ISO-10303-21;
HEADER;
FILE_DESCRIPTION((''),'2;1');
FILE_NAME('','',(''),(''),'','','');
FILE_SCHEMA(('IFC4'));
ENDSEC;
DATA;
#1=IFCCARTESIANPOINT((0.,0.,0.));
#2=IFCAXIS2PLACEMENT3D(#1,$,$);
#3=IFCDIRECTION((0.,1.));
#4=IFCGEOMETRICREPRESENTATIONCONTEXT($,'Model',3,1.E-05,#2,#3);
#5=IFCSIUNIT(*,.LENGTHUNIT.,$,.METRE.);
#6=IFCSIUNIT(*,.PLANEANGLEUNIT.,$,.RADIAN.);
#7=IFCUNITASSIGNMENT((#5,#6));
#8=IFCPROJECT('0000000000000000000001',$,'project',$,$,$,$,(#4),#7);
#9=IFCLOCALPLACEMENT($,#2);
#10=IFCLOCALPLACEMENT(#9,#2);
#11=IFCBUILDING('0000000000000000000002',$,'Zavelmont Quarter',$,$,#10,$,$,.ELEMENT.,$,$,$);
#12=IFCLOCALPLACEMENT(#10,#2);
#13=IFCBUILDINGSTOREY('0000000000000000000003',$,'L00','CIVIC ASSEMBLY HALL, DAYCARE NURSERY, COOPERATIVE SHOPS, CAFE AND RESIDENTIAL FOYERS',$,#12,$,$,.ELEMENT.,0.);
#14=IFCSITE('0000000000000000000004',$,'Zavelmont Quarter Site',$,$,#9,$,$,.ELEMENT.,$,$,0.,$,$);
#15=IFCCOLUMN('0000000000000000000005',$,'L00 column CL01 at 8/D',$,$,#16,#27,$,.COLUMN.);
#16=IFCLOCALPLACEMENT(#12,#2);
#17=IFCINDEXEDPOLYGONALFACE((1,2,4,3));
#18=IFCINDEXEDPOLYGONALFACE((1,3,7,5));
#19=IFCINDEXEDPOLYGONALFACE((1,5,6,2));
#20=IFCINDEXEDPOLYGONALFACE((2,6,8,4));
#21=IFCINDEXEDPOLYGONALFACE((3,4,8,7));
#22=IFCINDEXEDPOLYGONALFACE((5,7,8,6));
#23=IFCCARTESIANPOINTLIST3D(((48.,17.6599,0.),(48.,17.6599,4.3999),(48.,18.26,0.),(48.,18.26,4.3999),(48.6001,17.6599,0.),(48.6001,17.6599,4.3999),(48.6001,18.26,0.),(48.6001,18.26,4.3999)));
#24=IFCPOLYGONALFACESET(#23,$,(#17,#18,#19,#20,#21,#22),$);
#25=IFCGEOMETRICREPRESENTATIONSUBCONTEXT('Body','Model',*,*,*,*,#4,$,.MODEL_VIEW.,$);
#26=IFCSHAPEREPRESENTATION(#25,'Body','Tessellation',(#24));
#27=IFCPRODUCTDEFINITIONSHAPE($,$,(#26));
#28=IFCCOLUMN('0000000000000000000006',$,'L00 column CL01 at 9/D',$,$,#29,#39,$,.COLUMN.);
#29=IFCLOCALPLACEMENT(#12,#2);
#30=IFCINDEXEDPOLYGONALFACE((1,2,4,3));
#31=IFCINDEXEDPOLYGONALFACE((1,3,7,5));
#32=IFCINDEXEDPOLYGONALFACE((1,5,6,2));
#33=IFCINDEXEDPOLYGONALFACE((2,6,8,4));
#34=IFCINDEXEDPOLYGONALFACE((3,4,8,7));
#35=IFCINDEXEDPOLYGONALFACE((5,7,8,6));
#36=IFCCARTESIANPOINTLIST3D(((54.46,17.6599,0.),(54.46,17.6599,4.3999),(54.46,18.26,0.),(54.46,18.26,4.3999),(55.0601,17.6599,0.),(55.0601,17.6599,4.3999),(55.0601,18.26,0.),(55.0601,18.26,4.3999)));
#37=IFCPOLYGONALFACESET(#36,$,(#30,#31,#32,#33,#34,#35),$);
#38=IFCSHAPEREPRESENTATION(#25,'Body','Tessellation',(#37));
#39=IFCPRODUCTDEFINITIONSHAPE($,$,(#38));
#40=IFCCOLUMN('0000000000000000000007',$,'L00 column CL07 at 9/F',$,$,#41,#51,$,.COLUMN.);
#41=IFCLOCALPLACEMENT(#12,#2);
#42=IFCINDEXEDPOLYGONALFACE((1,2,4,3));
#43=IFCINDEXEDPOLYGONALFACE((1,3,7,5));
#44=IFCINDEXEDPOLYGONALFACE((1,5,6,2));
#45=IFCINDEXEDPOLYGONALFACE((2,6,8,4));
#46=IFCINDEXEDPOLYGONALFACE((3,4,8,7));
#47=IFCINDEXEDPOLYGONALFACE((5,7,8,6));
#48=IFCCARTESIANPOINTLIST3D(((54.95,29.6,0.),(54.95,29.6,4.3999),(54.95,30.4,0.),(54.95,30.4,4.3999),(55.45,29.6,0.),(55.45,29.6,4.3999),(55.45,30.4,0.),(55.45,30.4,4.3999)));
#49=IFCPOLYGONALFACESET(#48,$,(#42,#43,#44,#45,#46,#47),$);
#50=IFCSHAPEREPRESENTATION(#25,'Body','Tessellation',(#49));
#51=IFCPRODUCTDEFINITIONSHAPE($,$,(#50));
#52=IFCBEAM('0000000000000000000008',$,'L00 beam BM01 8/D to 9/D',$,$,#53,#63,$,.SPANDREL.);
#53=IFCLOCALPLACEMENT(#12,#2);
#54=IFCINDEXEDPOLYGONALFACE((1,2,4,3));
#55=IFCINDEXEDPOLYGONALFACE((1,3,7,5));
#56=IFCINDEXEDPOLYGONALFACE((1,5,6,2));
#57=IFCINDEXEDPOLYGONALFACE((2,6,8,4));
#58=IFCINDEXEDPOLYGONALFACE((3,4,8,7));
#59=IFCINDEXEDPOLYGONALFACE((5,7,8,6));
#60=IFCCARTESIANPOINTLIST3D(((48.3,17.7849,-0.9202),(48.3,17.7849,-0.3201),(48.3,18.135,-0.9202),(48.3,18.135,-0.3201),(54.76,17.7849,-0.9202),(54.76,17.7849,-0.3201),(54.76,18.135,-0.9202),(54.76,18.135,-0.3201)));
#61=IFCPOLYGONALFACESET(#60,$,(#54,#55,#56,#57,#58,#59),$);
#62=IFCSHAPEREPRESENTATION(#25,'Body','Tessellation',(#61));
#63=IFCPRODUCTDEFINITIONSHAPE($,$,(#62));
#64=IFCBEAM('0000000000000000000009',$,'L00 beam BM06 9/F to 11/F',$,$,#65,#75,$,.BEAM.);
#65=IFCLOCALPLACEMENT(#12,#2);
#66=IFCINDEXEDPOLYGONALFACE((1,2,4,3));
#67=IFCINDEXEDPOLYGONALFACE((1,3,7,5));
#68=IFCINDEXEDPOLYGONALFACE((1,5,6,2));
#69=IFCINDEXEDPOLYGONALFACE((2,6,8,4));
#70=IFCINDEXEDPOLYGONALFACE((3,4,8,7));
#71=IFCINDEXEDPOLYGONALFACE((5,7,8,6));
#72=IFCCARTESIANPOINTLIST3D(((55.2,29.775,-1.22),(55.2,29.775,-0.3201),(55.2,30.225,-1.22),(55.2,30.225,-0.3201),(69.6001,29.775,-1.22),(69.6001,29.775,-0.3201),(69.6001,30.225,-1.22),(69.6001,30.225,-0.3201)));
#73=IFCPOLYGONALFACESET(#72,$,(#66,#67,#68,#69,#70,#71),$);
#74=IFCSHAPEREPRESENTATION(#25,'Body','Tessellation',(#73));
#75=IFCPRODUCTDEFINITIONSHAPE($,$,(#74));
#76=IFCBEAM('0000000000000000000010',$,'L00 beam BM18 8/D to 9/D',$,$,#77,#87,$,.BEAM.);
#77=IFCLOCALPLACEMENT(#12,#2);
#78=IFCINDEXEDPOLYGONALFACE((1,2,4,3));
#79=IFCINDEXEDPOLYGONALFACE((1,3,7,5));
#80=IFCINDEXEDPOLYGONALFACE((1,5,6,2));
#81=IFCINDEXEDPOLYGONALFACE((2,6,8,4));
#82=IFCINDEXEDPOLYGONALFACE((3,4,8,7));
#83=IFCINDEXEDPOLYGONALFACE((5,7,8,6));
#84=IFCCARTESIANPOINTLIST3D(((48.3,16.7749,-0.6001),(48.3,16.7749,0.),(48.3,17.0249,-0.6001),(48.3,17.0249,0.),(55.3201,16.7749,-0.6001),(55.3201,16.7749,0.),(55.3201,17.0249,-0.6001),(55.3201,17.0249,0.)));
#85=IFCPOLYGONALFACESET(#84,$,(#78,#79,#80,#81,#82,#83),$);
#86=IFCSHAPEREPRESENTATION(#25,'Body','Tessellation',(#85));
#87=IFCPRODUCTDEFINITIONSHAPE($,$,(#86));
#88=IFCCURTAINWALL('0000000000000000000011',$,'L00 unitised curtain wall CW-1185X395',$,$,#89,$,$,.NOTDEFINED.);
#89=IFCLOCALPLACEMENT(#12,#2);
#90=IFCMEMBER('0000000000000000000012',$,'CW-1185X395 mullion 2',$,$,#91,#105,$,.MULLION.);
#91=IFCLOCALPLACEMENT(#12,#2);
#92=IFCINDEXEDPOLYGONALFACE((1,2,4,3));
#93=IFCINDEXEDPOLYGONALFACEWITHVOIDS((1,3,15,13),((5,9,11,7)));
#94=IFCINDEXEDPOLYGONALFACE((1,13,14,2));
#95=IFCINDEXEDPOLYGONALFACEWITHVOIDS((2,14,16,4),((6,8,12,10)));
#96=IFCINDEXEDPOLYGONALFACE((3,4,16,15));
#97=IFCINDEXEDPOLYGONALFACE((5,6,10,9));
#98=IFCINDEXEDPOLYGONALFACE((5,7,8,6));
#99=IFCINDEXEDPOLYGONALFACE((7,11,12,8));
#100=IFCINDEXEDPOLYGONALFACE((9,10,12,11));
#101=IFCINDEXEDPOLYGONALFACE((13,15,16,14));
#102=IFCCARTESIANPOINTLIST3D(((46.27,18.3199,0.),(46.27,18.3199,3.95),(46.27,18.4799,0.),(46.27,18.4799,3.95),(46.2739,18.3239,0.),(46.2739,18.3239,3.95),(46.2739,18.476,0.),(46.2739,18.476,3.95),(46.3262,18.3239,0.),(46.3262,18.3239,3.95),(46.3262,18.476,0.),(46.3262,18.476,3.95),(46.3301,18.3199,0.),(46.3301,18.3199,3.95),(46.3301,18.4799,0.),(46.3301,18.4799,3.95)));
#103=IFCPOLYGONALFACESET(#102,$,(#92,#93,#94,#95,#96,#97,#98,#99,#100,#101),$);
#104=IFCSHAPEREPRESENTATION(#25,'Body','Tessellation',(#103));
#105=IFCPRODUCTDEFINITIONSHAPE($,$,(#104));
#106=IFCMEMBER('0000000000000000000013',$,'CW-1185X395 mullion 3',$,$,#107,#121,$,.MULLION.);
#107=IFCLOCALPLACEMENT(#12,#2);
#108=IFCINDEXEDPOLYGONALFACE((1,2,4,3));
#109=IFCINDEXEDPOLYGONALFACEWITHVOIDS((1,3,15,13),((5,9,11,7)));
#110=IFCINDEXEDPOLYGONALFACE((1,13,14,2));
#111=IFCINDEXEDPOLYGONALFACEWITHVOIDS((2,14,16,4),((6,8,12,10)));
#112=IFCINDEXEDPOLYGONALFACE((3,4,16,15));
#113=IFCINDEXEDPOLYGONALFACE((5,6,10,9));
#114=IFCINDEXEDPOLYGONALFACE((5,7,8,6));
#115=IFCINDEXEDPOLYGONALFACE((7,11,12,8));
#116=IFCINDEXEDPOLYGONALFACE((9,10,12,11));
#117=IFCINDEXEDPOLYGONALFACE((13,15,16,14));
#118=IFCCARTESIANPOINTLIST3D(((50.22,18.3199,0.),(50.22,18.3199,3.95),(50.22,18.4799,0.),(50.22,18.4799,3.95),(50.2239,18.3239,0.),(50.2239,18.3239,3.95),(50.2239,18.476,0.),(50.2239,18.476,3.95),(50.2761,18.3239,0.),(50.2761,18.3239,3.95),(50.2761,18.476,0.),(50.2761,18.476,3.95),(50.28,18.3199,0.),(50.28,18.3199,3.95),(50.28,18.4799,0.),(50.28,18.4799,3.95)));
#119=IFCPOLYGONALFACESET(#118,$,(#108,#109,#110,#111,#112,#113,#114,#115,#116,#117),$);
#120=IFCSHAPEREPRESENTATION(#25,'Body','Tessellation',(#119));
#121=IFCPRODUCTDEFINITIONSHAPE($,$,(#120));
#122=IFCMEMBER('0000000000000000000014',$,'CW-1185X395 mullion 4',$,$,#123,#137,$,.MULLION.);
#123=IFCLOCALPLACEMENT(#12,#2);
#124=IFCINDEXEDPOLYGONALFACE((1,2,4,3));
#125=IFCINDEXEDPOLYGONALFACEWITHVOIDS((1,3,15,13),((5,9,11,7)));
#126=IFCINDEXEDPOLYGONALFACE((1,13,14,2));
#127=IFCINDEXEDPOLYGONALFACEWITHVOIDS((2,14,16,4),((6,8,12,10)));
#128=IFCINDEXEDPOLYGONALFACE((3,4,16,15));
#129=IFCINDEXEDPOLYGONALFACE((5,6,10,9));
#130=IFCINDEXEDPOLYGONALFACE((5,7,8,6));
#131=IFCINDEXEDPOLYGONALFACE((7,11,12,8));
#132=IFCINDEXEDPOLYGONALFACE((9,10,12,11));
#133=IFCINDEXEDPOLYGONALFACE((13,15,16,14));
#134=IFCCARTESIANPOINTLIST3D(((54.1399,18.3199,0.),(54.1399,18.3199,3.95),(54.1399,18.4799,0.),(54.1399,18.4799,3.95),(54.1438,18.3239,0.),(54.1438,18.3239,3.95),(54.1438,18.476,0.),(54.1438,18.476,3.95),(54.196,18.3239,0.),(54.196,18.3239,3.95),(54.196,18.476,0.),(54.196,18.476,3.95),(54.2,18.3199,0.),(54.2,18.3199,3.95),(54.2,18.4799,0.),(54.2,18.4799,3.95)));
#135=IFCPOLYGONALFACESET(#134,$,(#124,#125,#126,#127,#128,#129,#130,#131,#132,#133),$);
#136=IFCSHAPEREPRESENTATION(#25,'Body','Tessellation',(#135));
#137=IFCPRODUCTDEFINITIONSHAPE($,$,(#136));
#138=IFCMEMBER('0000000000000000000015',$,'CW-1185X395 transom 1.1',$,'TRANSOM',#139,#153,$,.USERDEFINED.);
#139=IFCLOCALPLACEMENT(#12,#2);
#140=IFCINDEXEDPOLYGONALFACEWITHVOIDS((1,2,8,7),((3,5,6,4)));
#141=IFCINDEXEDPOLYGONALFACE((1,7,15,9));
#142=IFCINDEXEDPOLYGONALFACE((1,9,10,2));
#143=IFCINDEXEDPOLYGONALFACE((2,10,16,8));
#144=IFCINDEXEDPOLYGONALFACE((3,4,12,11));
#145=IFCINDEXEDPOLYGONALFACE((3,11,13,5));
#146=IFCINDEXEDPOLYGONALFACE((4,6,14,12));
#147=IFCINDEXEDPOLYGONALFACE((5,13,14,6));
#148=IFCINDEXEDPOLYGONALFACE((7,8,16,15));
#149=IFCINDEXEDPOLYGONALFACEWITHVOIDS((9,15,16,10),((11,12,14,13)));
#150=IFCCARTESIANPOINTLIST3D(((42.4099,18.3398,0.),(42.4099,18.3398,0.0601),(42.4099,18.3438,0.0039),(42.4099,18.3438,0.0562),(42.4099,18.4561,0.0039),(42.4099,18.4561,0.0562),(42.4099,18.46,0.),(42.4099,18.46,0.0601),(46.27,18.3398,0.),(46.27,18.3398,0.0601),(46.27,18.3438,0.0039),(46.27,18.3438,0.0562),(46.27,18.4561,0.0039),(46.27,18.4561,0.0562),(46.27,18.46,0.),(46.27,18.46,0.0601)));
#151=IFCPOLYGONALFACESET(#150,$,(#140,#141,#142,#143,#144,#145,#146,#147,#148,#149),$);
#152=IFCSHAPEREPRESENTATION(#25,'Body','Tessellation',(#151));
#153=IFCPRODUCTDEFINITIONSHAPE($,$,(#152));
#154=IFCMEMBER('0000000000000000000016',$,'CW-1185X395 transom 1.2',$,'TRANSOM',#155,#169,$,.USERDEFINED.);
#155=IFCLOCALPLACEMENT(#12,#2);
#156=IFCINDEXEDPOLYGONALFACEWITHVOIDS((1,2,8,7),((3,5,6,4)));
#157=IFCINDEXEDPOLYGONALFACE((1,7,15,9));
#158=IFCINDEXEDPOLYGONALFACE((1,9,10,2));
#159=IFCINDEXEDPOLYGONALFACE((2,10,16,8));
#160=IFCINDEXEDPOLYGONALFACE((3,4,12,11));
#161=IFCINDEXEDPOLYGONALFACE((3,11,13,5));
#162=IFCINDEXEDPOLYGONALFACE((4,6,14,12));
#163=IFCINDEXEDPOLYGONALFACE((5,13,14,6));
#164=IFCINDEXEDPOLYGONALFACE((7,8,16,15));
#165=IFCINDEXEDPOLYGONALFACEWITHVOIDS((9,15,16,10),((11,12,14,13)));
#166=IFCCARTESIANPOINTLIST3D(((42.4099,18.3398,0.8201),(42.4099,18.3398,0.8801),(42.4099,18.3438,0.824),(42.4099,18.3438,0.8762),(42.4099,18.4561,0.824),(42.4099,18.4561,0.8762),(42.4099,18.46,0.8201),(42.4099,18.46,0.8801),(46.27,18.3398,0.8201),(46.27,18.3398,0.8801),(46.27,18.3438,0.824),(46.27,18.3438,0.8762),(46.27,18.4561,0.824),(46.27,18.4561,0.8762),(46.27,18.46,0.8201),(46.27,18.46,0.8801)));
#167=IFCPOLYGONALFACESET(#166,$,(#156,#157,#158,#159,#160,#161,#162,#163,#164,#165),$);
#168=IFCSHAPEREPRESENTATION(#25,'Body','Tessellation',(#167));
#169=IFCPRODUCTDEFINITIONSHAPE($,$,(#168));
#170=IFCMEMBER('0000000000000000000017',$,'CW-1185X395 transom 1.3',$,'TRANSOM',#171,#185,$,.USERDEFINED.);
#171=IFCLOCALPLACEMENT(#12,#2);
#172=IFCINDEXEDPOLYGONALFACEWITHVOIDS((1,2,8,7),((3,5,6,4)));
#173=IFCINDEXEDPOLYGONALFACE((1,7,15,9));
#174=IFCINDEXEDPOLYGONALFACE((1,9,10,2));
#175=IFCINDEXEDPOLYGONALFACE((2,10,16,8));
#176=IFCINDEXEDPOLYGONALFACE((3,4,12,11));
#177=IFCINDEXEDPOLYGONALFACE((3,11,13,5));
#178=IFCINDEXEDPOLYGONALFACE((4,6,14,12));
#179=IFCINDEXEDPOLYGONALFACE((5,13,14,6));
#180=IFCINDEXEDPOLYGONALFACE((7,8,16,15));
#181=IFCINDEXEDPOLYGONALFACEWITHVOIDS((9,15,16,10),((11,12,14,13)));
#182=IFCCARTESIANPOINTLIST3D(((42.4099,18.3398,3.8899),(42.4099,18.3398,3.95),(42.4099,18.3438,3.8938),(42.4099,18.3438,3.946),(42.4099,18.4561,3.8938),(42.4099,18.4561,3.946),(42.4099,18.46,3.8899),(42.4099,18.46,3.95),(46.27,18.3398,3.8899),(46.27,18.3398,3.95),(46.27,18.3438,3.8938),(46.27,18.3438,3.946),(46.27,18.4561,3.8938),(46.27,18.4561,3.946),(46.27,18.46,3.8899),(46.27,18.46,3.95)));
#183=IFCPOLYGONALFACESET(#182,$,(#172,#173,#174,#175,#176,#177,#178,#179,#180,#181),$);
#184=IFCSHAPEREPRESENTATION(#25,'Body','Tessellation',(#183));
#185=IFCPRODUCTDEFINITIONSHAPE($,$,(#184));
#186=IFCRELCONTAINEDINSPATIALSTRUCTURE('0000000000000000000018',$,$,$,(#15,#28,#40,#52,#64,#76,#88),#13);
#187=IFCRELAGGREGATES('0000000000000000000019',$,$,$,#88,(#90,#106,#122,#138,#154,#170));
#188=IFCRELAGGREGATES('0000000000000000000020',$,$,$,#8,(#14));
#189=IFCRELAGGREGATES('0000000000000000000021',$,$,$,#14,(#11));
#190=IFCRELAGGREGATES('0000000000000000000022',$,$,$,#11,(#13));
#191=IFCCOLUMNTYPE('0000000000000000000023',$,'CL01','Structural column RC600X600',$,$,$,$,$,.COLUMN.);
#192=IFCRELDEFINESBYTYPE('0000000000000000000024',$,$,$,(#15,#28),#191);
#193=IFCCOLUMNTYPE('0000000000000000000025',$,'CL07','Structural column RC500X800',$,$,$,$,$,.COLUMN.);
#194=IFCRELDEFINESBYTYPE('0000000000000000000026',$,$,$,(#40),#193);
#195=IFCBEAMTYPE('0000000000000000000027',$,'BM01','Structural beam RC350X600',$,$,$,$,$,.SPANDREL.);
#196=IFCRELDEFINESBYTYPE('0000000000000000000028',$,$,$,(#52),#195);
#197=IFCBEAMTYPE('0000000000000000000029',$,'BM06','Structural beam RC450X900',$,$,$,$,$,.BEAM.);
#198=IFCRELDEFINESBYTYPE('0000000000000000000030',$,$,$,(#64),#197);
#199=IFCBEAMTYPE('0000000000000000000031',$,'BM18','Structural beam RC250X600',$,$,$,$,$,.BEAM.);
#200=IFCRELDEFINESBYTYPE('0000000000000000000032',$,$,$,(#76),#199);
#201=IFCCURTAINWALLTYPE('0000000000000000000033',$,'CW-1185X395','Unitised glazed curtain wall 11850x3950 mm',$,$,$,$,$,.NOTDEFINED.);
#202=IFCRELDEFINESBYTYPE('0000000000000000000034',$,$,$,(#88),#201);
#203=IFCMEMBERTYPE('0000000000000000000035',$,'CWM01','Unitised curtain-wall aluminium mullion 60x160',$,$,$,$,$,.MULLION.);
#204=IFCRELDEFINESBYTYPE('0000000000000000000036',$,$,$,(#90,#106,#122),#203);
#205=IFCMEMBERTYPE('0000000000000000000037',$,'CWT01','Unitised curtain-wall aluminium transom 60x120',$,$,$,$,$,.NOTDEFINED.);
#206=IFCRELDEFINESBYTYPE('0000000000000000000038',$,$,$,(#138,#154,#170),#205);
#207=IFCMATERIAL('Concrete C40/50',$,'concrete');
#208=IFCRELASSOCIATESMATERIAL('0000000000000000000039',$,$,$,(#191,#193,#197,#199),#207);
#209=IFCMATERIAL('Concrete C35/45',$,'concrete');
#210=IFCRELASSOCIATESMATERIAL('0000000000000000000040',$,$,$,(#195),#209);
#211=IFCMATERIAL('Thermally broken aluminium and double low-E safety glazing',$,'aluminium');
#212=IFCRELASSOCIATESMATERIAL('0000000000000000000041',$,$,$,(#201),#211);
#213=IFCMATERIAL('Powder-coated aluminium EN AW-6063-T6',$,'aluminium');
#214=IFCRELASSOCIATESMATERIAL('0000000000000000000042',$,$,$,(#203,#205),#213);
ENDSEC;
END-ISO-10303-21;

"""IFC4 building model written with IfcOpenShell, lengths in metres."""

from ifc_helpers import new_model, si_unit, direction, frame, origin, origin_2d, place, context, subcontext, project, spatial, rectangle, hollow_rectangle, extrude, material, material_profile, profile_set, type_object, element, aggregate, save


model = new_model("IFC4")

# Units and contexts
model_context = context("Model", 3, precision=1e-05, world=origin(), true_north=direction((0.0, 1.0)))
body_context = subcontext(model_context, "Body", "Model", "MODEL_VIEW")
ifc_project = project(units=[si_unit("LENGTHUNIT", "METRE"), si_unit("PLANEANGLEUNIT", "RADIAN")], contexts=[model_context])

# Site, building, storey
site_placement = place(None, origin())
site = spatial("IfcSite", under=ifc_project, at=site_placement, Name="Zavelmont Quarter Site", CompositionType="ELEMENT", RefElevation=0.0)
building_placement = place(site_placement, origin())
building = spatial("IfcBuilding", under=site, at=building_placement, Name="Zavelmont Quarter", CompositionType="ELEMENT")
storey_placement = place(building_placement, origin())
storey = spatial("IfcBuildingStorey", under=building, at=storey_placement, Name="L00", Description="CIVIC ASSEMBLY HALL, DAYCARE NURSERY, COOPERATIVE SHOPS, CAFE AND RESIDENTIAL FOYERS", CompositionType="ELEMENT", Elevation=0.0)

# Columns
ifc_material_1 = material(Name="Concrete C40/50", Category="concrete")
ifc_material_profile_1 = material_profile(ifc_material_1, rectangle(XDim=0.6001, YDim=0.6001, at=origin_2d()), Name="RC600X600")
ifc_profile_set_1 = profile_set([ifc_material_profile_1], Name="Concrete C40/50")
column_type_1 = type_object("IfcColumnType", Name="CL01", Description="Structural column RC600X600", PredefinedType="COLUMN", material=ifc_profile_set_1)
for number, where, z_axis, x_axis, name in (
    (1, (48.3, 17.96, 0.0), (0.0, 0.0, 1.0), (1.0, 0.0, 0.0), "L00 column CL01 at 8/D"),
    (2, (54.76, 17.96, 0.0), (0.0, 0.0, 1.0), (1.0, 0.0, 0.0), "L00 column CL01 at 9/D"),
):
    element("IfcColumn", number, at=place(storey_placement, frame(where, z_axis=z_axis, x_axis=x_axis)), inside=storey, type_object=column_type_1, Name=name, PredefinedType="COLUMN", context=body_context, shape_type="SweptSolid", body=[
        extrude(rectangle(XDim=0.6001, YDim=0.6001, at=origin_2d()), origin(), (0.0, 0.0, 1.0), 4.3999),
    ])
ifc_material_profile_2 = material_profile(ifc_material_1, rectangle(XDim=0.5, YDim=0.8, at=origin_2d()), Name="RC500X800")
ifc_profile_set_2 = profile_set([ifc_material_profile_2], Name="Concrete C40/50")
column_type_2 = type_object("IfcColumnType", Name="CL07", Description="Structural column RC500X800", PredefinedType="COLUMN", material=ifc_profile_set_2)
column_placement = place(storey_placement, frame((55.2, 30.0, 0.0), z_axis=(0.0, 0.0, 1.0), x_axis=(1.0, 0.0, 0.0)))
element("IfcColumn", 3, at=column_placement, inside=storey, type_object=column_type_2, Name="L00 column CL07 at 9/F", PredefinedType="COLUMN", context=body_context, shape_type="SweptSolid", body=[
    extrude(rectangle(XDim=0.5, YDim=0.8, at=origin_2d()), origin(), (0.0, 0.0, 1.0), 4.3999),
])

# Beams
ifc_material_2 = material(Name="Concrete C35/45", Category="concrete")
ifc_material_profile_3 = material_profile(ifc_material_2, rectangle(XDim=0.3501, YDim=0.6001, at=origin_2d()), Name="RC350X600")
ifc_profile_set_3 = profile_set([ifc_material_profile_3], Name="Concrete C35/45")
beam_type_1 = type_object("IfcBeamType", Name="BM01", Description="Structural beam RC350X600", PredefinedType="SPANDREL", material=ifc_profile_set_3)
beam_1_placement = place(storey_placement, frame((48.3, 17.96, -0.6201), z_axis=(1.0, 0.0, 0.0), x_axis=(0.0, 1.0, 0.0)))
element("IfcBeam", 4, at=beam_1_placement, inside=storey, type_object=beam_type_1, Name="L00 beam BM01 8/D to 9/D", PredefinedType="SPANDREL", context=body_context, shape_type="SweptSolid", body=[
    extrude(rectangle(XDim=0.3501, YDim=0.6001, at=origin_2d()), origin(), (0.0, 0.0, 1.0), 6.46),
])
ifc_material_profile_4 = material_profile(ifc_material_1, rectangle(XDim=0.45, YDim=0.8999, at=origin_2d()), Name="RC450X900")
ifc_profile_set_4 = profile_set([ifc_material_profile_4], Name="Concrete C40/50")
beam_type_2 = type_object("IfcBeamType", Name="BM06", Description="Structural beam RC450X900", PredefinedType="BEAM", material=ifc_profile_set_4)
beam_2_placement = place(storey_placement, frame((55.2, 30.0, -0.77), z_axis=(1.0, 0.0, 0.0), x_axis=(0.0, 1.0, 0.0)))
element("IfcBeam", 5, at=beam_2_placement, inside=storey, type_object=beam_type_2, Name="L00 beam BM06 9/F to 11/F", PredefinedType="BEAM", context=body_context, shape_type="SweptSolid", body=[
    extrude(rectangle(XDim=0.45, YDim=0.8999, at=origin_2d()), origin(), (0.0, 0.0, 1.0), 14.4001),
])
ifc_material_profile_5 = material_profile(ifc_material_1, rectangle(XDim=0.25, YDim=0.6001, at=origin_2d()), Name="RC250X600")
ifc_profile_set_5 = profile_set([ifc_material_profile_5], Name="Concrete C40/50")
beam_type_3 = type_object("IfcBeamType", Name="BM18", Description="Structural beam RC250X600", PredefinedType="BEAM", material=ifc_profile_set_5)
beam_3_placement = place(storey_placement, frame((48.3, 16.8999, -0.3), z_axis=(1.0, 0.0, 0.0), x_axis=(0.0, 1.0, 0.0)))
element("IfcBeam", 6, at=beam_3_placement, inside=storey, type_object=beam_type_3, Name="L00 beam BM18 8/D to 9/D", PredefinedType="BEAM", context=body_context, shape_type="SweptSolid", body=[
    extrude(rectangle(XDim=0.25, YDim=0.6001, at=origin_2d()), origin(), (0.0, 0.0, 1.0), 7.02),
])

# Curtain wall, members
ifc_material_3 = material(Name="Thermally broken aluminium and double low-E safety glazing", Category="aluminium")
curtain_wall_type = type_object("IfcCurtainWallType", Name="CW-1185X395", Description="Unitised glazed curtain wall 11850x3950 mm", PredefinedType="NOTDEFINED", material=ifc_material_3)
curtain_wall_placement = place(storey_placement, origin())
curtain_wall = element("IfcCurtainWall", 7, at=curtain_wall_placement, inside=storey, type_object=curtain_wall_type, Name="L00 unitised curtain wall CW-1185X395", PredefinedType="NOTDEFINED")
ifc_material_4 = material(Name="Powder-coated aluminium EN AW-6063-T6", Category="aluminium")
ifc_material_profile_6 = material_profile(ifc_material_4, hollow_rectangle(XDim=0.0601, YDim=0.1599, WallThickness=0.0039, at=origin_2d()), Name="CWM60X160")
ifc_profile_set_6 = profile_set([ifc_material_profile_6], Name="Powder-coated aluminium EN AW-6063-T6")
member_type_1 = type_object("IfcMemberType", Name="CWM01", Description="Unitised curtain-wall aluminium mullion 60x160", PredefinedType="MULLION", material=ifc_profile_set_6)
member_1_placement = place(storey_placement, frame((46.3, 18.3999, 0.0), z_axis=(0.0, 0.0, 1.0), x_axis=(1.0, 0.0, 0.0)))
member_1 = element("IfcMember", 8, at=member_1_placement, type_object=member_type_1, Name="CW-1185X395 mullion 2", PredefinedType="MULLION", context=body_context, shape_type="SweptSolid", body=[
    extrude(hollow_rectangle(XDim=0.0601, YDim=0.1599, WallThickness=0.0039, at=origin_2d()), origin(), (0.0, 0.0, 1.0), 3.95),
])
member_2_placement = place(storey_placement, frame((50.25, 18.3999, 0.0), z_axis=(0.0, 0.0, 1.0), x_axis=(1.0, 0.0, 0.0)))
member_2 = element("IfcMember", 9, at=member_2_placement, type_object=member_type_1, Name="CW-1185X395 mullion 3", PredefinedType="MULLION", context=body_context, shape_type="SweptSolid", body=[
    extrude(hollow_rectangle(XDim=0.0601, YDim=0.1599, WallThickness=0.0039, at=origin_2d()), origin(), (0.0, 0.0, 1.0), 3.95),
])
member_3_placement = place(storey_placement, frame((54.1699, 18.3999, 0.0), z_axis=(0.0, 0.0, 1.0), x_axis=(1.0, 0.0, 0.0)))
member_3 = element("IfcMember", 10, at=member_3_placement, type_object=member_type_1, Name="CW-1185X395 mullion 4", PredefinedType="MULLION", context=body_context, shape_type="SweptSolid", body=[
    extrude(hollow_rectangle(XDim=0.0601, YDim=0.1599, WallThickness=0.0039, at=origin_2d()), origin(), (0.0, 0.0, 1.0), 3.95),
])
ifc_material_profile_7 = material_profile(ifc_material_4, hollow_rectangle(XDim=0.1201, YDim=0.0601, WallThickness=0.0039, at=origin_2d()), Name="CWT60X120")
ifc_profile_set_7 = profile_set([ifc_material_profile_7], Name="Powder-coated aluminium EN AW-6063-T6")
member_type_2 = type_object("IfcMemberType", Name="CWT01", Description="Unitised curtain-wall aluminium transom 60x120", PredefinedType="NOTDEFINED", material=ifc_profile_set_7)
member_4_placement = place(storey_placement, frame((42.4099, 18.3999, 0.03), z_axis=(1.0, 0.0, 0.0), x_axis=(0.0, 1.0, 0.0)))
member_4 = element("IfcMember", 11, at=member_4_placement, type_object=member_type_2, Name="CW-1185X395 transom 1.1", ObjectType="TRANSOM", PredefinedType="USERDEFINED", context=body_context, shape_type="SweptSolid", body=[
    extrude(hollow_rectangle(XDim=0.1201, YDim=0.0601, WallThickness=0.0039, at=origin_2d()), origin(), (0.0, 0.0, 1.0), 3.8601),
])
member_5_placement = place(storey_placement, frame((42.4099, 18.3999, 0.8501), z_axis=(1.0, 0.0, 0.0), x_axis=(0.0, 1.0, 0.0)))
member_5 = element("IfcMember", 12, at=member_5_placement, type_object=member_type_2, Name="CW-1185X395 transom 1.2", ObjectType="TRANSOM", PredefinedType="USERDEFINED", context=body_context, shape_type="SweptSolid", body=[
    extrude(hollow_rectangle(XDim=0.1201, YDim=0.0601, WallThickness=0.0039, at=origin_2d()), origin(), (0.0, 0.0, 1.0), 3.8601),
])
member_6_placement = place(storey_placement, frame((42.4099, 18.3999, 3.9199), z_axis=(1.0, 0.0, 0.0), x_axis=(0.0, 1.0, 0.0)))
member_6 = element("IfcMember", 13, at=member_6_placement, type_object=member_type_2, Name="CW-1185X395 transom 1.3", ObjectType="TRANSOM", PredefinedType="USERDEFINED", context=body_context, shape_type="SweptSolid", body=[
    extrude(hollow_rectangle(XDim=0.1201, YDim=0.0601, WallThickness=0.0039, at=origin_2d()), origin(), (0.0, 0.0, 1.0), 3.8601),
])

aggregate(curtain_wall, [member_1, member_2, member_3, member_4, member_5, member_6])

save(model, "model.ifc")
